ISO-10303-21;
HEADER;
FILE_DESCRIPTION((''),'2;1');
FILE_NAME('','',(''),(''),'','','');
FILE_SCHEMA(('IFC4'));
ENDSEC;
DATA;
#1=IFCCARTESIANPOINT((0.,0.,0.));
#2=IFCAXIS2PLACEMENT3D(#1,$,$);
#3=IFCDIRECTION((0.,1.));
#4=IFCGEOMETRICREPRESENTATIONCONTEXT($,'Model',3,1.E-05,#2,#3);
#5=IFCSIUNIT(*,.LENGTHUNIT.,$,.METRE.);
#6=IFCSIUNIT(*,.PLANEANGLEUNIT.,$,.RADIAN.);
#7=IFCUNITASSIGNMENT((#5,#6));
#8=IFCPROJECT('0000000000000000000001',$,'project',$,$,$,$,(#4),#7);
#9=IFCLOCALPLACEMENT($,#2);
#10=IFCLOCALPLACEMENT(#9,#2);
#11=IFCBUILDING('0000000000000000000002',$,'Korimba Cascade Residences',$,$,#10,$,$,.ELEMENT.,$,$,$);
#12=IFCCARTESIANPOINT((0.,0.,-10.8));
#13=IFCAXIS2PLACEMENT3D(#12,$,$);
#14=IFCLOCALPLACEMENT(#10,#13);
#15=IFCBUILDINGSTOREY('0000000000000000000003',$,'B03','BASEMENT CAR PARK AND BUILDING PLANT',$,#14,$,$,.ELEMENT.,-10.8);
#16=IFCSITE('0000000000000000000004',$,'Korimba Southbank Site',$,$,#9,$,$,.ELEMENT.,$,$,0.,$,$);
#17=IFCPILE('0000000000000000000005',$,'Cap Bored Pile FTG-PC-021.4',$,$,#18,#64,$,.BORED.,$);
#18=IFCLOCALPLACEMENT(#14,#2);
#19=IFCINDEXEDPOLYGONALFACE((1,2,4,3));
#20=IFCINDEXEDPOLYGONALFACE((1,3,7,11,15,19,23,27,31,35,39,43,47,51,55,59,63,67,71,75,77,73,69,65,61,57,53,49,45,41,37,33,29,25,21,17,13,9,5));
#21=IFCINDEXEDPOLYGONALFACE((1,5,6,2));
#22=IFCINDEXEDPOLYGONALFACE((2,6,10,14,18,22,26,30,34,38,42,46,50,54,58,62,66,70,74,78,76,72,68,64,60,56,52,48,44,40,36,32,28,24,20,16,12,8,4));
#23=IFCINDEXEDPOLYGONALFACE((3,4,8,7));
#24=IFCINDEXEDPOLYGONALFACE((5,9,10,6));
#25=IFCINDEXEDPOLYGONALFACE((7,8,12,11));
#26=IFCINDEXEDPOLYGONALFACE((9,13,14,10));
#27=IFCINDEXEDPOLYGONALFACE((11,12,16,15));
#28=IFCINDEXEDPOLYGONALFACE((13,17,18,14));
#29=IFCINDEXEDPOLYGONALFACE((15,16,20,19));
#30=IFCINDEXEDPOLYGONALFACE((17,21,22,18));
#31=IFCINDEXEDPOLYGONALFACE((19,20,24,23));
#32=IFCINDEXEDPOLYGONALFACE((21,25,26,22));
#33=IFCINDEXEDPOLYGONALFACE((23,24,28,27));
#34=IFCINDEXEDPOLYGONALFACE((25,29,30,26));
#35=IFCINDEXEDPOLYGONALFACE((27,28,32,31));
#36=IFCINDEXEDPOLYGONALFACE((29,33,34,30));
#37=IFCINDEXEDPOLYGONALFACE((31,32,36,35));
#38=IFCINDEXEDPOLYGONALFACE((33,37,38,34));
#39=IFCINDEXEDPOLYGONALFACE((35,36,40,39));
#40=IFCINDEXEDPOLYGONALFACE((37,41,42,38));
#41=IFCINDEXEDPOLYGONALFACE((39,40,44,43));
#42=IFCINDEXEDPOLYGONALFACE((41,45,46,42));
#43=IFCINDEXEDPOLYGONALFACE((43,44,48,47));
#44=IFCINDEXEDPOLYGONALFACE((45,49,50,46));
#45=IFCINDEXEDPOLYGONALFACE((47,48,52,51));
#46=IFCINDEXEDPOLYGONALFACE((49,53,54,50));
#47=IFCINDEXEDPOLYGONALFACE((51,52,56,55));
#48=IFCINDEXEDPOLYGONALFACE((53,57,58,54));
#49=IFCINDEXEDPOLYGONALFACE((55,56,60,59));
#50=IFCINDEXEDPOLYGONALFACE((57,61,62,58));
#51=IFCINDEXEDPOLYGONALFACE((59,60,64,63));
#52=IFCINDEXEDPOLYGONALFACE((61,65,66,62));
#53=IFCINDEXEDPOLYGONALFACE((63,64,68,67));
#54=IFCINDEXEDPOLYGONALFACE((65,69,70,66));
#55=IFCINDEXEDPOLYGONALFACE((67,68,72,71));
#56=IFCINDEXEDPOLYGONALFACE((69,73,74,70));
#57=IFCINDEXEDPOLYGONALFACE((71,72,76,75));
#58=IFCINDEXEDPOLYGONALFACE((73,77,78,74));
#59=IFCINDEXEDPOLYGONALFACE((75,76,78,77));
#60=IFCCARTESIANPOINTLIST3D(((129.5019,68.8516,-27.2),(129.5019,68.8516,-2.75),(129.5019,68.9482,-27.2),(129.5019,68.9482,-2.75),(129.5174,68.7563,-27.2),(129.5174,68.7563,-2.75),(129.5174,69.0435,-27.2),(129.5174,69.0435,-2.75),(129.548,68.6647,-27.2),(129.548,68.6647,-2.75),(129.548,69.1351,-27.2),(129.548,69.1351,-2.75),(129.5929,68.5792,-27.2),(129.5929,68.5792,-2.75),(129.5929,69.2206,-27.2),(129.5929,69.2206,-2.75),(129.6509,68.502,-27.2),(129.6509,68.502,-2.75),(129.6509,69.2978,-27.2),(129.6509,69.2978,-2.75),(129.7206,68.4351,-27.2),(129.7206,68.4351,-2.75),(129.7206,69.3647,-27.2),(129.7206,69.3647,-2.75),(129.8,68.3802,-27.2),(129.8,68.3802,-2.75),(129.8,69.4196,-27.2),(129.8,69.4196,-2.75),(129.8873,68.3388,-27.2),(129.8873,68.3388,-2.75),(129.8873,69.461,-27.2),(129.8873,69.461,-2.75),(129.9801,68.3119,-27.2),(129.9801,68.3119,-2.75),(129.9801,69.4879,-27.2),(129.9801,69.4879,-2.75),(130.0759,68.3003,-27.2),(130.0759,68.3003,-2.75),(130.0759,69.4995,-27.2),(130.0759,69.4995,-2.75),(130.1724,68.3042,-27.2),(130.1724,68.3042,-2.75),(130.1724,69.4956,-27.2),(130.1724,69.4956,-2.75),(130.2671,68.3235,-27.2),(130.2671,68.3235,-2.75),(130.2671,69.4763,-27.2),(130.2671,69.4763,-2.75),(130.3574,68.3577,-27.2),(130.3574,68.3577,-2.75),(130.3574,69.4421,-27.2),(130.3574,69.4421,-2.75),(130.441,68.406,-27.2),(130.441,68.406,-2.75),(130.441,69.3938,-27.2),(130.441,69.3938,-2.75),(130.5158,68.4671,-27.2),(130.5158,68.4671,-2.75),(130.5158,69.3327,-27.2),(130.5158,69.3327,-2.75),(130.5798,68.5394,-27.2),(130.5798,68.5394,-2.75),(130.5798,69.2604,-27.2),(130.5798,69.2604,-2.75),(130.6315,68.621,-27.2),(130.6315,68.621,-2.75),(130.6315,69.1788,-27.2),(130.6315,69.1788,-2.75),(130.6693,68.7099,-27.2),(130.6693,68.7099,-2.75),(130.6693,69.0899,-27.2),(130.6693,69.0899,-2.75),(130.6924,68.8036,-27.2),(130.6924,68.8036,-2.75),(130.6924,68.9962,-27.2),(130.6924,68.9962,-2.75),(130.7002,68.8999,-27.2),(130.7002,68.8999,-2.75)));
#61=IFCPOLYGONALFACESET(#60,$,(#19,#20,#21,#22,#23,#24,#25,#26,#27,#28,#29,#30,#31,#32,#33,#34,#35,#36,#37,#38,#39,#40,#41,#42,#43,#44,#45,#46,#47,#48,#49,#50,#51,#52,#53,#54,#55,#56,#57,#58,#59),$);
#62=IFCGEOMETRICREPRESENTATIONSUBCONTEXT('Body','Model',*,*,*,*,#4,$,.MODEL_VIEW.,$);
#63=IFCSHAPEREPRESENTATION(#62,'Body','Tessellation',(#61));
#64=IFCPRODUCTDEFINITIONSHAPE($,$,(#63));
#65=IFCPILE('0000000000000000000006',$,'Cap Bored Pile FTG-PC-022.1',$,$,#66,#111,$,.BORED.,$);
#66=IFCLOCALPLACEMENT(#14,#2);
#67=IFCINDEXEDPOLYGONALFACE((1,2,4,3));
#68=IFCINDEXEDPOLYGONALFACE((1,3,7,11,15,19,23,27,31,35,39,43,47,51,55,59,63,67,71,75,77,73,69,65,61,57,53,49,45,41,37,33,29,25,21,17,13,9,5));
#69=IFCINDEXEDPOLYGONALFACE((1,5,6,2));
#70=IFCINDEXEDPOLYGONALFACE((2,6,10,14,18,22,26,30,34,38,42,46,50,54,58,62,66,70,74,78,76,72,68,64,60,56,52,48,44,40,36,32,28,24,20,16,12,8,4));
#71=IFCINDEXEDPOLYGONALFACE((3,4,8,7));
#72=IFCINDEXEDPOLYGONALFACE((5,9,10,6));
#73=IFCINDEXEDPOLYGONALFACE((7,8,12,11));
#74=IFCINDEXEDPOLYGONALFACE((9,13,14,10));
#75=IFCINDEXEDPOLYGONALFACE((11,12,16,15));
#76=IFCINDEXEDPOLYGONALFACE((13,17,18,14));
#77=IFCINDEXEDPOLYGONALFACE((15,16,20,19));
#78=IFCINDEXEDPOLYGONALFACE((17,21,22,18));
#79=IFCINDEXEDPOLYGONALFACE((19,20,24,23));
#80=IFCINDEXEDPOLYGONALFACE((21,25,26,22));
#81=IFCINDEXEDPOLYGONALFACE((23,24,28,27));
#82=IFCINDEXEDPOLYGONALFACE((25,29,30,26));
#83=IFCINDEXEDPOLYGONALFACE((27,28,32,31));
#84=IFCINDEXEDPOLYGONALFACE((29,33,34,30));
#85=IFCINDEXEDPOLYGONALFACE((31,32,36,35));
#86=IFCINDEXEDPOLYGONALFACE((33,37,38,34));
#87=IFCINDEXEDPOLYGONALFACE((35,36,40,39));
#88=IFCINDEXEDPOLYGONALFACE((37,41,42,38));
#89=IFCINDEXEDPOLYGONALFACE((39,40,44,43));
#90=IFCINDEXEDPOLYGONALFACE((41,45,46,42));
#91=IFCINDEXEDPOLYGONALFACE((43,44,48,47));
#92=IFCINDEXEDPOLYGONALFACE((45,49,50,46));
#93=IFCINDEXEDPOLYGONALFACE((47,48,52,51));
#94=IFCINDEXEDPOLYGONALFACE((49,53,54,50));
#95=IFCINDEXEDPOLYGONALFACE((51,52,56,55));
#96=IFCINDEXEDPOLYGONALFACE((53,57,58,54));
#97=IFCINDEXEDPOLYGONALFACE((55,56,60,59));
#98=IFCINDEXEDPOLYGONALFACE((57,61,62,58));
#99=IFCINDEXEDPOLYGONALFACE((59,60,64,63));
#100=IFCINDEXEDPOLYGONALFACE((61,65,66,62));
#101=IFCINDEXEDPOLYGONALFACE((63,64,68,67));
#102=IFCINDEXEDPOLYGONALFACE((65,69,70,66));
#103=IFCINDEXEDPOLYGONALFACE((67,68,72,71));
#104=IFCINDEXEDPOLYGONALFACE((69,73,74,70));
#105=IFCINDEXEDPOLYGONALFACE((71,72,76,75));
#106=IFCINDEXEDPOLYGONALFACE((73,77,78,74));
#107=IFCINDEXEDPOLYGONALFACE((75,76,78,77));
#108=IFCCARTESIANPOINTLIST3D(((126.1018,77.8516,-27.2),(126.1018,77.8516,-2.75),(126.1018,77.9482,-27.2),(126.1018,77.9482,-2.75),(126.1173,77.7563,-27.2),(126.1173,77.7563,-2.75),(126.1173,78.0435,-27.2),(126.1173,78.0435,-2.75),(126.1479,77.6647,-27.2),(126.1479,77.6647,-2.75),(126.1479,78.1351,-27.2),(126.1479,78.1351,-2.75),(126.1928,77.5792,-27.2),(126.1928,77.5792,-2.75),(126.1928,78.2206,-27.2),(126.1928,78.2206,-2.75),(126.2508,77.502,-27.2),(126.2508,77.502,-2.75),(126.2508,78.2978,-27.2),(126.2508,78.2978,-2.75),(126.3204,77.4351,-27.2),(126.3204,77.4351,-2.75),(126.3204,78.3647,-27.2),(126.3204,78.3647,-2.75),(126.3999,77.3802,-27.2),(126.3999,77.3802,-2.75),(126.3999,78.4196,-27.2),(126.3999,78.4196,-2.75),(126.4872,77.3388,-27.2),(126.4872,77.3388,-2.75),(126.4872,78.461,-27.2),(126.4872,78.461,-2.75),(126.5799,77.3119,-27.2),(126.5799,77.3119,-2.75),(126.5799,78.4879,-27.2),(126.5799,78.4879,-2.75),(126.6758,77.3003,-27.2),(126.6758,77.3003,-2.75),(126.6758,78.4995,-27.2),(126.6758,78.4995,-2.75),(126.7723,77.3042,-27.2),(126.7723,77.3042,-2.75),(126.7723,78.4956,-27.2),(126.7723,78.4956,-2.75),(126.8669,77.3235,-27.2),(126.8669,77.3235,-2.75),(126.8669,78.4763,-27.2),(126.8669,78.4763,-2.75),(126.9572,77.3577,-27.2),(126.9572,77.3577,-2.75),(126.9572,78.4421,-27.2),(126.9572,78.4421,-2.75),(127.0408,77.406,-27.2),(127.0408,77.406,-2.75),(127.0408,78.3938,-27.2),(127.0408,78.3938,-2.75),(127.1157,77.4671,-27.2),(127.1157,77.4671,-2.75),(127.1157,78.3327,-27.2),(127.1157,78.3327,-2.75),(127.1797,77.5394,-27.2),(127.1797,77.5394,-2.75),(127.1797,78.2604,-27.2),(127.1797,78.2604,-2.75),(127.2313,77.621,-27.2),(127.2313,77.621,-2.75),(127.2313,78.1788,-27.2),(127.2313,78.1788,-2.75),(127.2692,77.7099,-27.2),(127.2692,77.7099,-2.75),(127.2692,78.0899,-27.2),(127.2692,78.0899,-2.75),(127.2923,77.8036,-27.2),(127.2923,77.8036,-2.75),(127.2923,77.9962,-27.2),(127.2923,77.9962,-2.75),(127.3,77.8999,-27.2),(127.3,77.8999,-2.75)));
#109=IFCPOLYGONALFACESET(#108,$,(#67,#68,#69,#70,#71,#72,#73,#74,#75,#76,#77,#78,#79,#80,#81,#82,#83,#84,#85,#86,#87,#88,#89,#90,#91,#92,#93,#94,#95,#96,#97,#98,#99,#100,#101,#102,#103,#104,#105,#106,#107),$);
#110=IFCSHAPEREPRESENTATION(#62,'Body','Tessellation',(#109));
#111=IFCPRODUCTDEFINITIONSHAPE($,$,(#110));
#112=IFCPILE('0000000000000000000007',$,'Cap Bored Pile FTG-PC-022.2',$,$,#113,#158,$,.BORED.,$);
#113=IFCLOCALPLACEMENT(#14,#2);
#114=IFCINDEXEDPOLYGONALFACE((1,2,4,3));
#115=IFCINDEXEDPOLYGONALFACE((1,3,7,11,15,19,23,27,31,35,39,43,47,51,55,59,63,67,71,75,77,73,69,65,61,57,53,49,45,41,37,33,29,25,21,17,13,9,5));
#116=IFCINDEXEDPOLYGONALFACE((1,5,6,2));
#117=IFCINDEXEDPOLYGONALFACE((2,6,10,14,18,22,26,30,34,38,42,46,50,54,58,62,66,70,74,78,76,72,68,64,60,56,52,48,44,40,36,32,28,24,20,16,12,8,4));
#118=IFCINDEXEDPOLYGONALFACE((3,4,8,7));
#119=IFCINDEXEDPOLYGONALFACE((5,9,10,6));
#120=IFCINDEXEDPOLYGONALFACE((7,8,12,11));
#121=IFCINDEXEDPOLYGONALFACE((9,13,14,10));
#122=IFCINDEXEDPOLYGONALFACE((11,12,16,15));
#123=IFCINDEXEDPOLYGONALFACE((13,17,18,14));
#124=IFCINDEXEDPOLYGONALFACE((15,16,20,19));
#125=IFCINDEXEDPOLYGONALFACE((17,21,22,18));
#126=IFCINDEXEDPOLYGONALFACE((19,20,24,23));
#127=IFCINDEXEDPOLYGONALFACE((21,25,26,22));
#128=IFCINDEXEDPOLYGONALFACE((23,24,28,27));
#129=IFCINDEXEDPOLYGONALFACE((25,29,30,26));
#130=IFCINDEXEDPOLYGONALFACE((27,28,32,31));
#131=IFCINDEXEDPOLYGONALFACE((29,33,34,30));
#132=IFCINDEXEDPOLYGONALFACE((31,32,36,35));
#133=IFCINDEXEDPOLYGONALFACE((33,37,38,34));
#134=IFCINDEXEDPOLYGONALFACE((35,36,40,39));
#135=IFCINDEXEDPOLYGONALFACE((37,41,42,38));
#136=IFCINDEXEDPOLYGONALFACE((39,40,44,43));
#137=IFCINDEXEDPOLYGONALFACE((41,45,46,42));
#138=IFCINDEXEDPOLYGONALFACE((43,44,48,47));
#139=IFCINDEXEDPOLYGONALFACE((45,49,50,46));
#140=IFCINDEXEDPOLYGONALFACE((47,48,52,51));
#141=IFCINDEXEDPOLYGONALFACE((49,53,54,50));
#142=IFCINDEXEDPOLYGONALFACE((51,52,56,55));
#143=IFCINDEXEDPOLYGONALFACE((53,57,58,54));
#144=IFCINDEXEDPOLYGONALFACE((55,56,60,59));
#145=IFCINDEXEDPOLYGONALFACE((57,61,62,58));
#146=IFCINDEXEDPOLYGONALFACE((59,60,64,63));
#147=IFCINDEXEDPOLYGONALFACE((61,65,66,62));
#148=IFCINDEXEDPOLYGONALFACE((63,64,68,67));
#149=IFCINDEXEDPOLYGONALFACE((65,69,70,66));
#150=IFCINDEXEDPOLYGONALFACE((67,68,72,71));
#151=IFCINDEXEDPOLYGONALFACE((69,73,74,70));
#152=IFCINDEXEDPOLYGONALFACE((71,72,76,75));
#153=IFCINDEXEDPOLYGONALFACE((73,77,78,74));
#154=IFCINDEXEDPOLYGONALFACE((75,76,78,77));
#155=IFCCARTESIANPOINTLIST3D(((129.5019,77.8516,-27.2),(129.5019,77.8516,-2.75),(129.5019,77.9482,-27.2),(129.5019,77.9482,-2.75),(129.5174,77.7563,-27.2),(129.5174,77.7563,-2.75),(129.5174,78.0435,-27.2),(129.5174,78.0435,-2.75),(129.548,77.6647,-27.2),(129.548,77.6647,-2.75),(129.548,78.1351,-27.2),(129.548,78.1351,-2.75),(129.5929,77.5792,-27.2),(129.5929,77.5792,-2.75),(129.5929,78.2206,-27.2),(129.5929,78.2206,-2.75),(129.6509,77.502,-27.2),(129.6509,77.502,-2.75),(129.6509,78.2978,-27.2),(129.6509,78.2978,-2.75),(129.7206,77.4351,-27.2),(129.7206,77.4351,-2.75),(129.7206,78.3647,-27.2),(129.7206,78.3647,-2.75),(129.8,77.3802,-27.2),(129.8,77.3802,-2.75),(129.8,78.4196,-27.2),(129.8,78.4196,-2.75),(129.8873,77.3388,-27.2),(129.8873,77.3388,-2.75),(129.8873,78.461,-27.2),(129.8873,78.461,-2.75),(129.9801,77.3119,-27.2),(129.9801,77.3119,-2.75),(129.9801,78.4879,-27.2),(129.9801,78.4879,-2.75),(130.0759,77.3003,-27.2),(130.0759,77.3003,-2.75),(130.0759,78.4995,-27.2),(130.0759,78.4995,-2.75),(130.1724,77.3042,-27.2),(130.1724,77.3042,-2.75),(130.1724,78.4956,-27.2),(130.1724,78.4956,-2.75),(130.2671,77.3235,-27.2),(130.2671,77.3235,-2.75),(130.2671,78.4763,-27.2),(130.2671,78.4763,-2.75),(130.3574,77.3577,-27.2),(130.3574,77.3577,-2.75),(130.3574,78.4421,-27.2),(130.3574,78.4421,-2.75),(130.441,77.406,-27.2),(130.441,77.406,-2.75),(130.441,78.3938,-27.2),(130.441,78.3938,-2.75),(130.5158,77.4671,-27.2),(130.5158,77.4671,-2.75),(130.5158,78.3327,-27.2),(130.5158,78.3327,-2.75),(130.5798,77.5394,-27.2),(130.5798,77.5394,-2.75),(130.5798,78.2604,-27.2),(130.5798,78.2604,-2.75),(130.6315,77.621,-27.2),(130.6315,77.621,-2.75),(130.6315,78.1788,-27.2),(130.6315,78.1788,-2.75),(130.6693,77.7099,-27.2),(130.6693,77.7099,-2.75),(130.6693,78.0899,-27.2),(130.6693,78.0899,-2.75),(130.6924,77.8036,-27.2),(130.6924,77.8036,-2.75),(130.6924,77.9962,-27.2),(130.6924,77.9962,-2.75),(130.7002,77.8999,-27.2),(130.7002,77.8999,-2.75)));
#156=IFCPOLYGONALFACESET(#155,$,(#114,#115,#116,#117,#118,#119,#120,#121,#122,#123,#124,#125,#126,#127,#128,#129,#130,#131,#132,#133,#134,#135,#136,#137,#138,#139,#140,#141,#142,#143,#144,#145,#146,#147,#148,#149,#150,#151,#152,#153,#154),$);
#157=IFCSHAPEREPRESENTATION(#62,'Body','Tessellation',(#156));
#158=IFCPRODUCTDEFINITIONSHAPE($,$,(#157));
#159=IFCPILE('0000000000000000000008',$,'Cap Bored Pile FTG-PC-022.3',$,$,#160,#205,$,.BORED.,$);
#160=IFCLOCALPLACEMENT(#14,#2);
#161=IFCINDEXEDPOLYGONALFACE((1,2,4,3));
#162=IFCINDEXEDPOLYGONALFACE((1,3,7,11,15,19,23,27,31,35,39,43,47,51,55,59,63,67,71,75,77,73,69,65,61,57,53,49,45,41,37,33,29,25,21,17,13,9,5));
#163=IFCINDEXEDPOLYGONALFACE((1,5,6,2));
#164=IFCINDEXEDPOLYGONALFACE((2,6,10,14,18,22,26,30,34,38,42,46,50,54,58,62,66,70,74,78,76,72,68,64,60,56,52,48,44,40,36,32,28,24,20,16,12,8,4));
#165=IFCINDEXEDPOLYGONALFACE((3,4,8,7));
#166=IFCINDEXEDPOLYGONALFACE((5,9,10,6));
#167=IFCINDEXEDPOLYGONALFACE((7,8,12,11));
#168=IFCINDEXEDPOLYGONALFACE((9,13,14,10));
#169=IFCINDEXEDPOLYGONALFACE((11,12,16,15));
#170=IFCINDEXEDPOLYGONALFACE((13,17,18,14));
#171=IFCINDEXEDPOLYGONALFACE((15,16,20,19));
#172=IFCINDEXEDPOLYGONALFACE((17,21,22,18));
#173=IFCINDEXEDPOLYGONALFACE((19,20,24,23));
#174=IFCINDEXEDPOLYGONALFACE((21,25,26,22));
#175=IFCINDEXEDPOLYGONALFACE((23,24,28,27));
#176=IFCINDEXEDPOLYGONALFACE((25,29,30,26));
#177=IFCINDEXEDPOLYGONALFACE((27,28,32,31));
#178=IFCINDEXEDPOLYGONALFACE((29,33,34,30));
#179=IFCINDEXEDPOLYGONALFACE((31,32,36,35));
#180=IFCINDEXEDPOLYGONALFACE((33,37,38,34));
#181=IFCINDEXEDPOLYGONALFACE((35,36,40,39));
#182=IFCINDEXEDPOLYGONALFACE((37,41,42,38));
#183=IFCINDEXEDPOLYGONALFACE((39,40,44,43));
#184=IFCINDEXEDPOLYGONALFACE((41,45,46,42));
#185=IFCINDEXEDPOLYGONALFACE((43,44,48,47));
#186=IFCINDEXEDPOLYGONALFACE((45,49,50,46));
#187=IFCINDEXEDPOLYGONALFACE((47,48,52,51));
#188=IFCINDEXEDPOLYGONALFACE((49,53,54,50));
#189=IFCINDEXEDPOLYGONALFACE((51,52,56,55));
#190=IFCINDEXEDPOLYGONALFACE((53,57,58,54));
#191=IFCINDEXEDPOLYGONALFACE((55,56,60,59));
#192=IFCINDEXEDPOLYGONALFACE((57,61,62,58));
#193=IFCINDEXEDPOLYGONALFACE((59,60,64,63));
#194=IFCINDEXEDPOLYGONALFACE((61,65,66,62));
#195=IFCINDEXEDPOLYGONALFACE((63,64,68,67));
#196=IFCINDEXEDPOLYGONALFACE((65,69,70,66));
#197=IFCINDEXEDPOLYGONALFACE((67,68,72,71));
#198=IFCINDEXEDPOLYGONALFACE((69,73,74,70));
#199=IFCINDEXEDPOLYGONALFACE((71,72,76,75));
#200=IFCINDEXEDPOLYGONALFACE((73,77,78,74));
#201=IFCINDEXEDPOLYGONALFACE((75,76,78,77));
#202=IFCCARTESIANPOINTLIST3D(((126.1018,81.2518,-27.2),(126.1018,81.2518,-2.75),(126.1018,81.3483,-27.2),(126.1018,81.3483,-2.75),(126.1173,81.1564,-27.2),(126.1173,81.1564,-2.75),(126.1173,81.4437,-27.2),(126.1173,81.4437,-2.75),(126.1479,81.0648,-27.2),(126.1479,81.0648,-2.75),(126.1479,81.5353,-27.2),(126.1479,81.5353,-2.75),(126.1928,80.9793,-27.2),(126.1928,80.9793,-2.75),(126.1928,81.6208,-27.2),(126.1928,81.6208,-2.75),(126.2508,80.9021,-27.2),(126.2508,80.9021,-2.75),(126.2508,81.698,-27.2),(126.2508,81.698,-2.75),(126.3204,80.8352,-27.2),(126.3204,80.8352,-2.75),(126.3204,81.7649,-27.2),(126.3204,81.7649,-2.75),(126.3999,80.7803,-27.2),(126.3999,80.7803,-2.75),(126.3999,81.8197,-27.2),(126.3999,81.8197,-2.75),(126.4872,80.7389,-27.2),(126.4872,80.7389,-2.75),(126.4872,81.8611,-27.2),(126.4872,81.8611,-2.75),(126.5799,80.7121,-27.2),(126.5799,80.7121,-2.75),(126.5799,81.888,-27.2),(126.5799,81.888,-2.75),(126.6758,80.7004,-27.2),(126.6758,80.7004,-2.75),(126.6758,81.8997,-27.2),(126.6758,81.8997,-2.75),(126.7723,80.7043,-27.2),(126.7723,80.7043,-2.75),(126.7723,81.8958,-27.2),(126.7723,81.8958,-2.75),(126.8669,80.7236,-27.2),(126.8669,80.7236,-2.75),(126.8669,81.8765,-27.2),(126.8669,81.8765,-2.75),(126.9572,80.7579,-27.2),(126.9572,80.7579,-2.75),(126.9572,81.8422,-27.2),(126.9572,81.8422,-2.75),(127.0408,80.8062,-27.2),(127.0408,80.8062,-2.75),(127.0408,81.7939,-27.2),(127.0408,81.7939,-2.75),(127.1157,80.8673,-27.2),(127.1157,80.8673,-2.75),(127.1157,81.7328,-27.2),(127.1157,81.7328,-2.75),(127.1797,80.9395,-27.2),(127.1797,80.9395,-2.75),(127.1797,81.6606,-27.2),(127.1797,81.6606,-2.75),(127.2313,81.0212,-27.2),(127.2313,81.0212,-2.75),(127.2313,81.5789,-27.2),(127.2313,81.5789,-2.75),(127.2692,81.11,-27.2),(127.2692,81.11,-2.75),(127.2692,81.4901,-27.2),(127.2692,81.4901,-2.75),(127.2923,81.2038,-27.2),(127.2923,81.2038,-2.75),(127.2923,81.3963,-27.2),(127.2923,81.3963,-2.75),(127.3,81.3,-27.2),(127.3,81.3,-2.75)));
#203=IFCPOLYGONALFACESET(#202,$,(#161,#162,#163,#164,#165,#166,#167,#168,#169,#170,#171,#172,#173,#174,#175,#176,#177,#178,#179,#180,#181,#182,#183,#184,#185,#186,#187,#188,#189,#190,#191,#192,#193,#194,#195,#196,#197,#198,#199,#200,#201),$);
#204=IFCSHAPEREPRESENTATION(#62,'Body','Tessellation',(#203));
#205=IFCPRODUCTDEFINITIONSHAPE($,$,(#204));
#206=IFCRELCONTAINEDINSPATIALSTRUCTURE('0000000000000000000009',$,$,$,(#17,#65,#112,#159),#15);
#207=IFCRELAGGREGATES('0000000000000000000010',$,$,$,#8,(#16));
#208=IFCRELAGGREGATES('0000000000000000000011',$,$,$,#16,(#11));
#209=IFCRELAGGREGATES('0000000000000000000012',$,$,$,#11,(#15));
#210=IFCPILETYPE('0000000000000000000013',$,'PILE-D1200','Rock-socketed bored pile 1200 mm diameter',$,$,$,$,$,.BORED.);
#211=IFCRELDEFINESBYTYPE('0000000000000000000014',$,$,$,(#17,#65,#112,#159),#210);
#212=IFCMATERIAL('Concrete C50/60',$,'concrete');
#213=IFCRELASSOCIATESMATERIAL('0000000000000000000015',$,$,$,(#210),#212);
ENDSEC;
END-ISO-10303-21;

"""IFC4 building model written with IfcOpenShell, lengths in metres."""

from ifc_helpers import new_model, si_unit, direction, frame, origin, origin_2d, place, context, subcontext, project, spatial, circle, extrude, material, material_profile, profile_set, type_object, element, save


model = new_model("IFC4")

# Units and contexts
model_context = context("Model", 3, precision=1e-05, world=origin(), true_north=direction((0.0, 1.0)))
body_context = subcontext(model_context, "Body", "Model", "MODEL_VIEW")
ifc_project = project(units=[si_unit("LENGTHUNIT", "METRE"), si_unit("PLANEANGLEUNIT", "RADIAN")], contexts=[model_context])

# Site, building, storey
site_placement = place(None, origin())
site = spatial("IfcSite", under=ifc_project, at=site_placement, Name="Korimba Southbank Site", CompositionType="ELEMENT", RefElevation=0.0)
building_placement = place(site_placement, origin())
building = spatial("IfcBuilding", under=site, at=building_placement, Name="Korimba Cascade Residences", CompositionType="ELEMENT")
storey_placement = place(building_placement, frame((0.0, 0.0, -10.8)))
storey = spatial("IfcBuildingStorey", under=building, at=storey_placement, Name="B03", Description="BASEMENT CAR PARK AND BUILDING PLANT", CompositionType="ELEMENT", Elevation=-10.8)

# Piles
ifc_material_1 = material(Name="Concrete C50/60", Category="concrete")
ifc_material_profile_1 = material_profile(ifc_material_1, circle(Radius=0.6001, at=origin_2d()), Name="Concrete C50/60")
ifc_profile_set_1 = profile_set([ifc_material_profile_1], Name="Concrete C50/60")
pile_type = type_object("IfcPileType", Name="PILE-D1200", Description="Rock-socketed bored pile 1200 mm diameter", PredefinedType="BORED", material=ifc_profile_set_1)
for number, where, z_axis, x_axis, name in (
    (1, (130.1001, 68.8999, -2.75), (0.0, 0.0, -1.0), (1.0, 0.0, 0.0), "Cap Bored Pile FTG-PC-021.4"),
    (2, (126.7, 77.8999, -2.75), (0.0, 0.0, -1.0), (1.0, 0.0, 0.0), "Cap Bored Pile FTG-PC-022.1"),
    (3, (130.1001, 77.8999, -2.75), (0.0, 0.0, -1.0), (1.0, 0.0, 0.0), "Cap Bored Pile FTG-PC-022.2"),
    (4, (126.7, 81.3, -2.75), (0.0, 0.0, -1.0), (1.0, 0.0, 0.0), "Cap Bored Pile FTG-PC-022.3"),
):
    element("IfcPile", number, at=place(storey_placement, frame(where, z_axis=z_axis, x_axis=x_axis)), inside=storey, type_object=pile_type, Name=name, PredefinedType="BORED", context=body_context, shape_type="SweptSolid", body=[
        extrude(circle(Radius=0.6001, at=origin_2d()), origin(), (0.0, 0.0, 1.0), 24.45),
    ])

save(model, "model.ifc")
